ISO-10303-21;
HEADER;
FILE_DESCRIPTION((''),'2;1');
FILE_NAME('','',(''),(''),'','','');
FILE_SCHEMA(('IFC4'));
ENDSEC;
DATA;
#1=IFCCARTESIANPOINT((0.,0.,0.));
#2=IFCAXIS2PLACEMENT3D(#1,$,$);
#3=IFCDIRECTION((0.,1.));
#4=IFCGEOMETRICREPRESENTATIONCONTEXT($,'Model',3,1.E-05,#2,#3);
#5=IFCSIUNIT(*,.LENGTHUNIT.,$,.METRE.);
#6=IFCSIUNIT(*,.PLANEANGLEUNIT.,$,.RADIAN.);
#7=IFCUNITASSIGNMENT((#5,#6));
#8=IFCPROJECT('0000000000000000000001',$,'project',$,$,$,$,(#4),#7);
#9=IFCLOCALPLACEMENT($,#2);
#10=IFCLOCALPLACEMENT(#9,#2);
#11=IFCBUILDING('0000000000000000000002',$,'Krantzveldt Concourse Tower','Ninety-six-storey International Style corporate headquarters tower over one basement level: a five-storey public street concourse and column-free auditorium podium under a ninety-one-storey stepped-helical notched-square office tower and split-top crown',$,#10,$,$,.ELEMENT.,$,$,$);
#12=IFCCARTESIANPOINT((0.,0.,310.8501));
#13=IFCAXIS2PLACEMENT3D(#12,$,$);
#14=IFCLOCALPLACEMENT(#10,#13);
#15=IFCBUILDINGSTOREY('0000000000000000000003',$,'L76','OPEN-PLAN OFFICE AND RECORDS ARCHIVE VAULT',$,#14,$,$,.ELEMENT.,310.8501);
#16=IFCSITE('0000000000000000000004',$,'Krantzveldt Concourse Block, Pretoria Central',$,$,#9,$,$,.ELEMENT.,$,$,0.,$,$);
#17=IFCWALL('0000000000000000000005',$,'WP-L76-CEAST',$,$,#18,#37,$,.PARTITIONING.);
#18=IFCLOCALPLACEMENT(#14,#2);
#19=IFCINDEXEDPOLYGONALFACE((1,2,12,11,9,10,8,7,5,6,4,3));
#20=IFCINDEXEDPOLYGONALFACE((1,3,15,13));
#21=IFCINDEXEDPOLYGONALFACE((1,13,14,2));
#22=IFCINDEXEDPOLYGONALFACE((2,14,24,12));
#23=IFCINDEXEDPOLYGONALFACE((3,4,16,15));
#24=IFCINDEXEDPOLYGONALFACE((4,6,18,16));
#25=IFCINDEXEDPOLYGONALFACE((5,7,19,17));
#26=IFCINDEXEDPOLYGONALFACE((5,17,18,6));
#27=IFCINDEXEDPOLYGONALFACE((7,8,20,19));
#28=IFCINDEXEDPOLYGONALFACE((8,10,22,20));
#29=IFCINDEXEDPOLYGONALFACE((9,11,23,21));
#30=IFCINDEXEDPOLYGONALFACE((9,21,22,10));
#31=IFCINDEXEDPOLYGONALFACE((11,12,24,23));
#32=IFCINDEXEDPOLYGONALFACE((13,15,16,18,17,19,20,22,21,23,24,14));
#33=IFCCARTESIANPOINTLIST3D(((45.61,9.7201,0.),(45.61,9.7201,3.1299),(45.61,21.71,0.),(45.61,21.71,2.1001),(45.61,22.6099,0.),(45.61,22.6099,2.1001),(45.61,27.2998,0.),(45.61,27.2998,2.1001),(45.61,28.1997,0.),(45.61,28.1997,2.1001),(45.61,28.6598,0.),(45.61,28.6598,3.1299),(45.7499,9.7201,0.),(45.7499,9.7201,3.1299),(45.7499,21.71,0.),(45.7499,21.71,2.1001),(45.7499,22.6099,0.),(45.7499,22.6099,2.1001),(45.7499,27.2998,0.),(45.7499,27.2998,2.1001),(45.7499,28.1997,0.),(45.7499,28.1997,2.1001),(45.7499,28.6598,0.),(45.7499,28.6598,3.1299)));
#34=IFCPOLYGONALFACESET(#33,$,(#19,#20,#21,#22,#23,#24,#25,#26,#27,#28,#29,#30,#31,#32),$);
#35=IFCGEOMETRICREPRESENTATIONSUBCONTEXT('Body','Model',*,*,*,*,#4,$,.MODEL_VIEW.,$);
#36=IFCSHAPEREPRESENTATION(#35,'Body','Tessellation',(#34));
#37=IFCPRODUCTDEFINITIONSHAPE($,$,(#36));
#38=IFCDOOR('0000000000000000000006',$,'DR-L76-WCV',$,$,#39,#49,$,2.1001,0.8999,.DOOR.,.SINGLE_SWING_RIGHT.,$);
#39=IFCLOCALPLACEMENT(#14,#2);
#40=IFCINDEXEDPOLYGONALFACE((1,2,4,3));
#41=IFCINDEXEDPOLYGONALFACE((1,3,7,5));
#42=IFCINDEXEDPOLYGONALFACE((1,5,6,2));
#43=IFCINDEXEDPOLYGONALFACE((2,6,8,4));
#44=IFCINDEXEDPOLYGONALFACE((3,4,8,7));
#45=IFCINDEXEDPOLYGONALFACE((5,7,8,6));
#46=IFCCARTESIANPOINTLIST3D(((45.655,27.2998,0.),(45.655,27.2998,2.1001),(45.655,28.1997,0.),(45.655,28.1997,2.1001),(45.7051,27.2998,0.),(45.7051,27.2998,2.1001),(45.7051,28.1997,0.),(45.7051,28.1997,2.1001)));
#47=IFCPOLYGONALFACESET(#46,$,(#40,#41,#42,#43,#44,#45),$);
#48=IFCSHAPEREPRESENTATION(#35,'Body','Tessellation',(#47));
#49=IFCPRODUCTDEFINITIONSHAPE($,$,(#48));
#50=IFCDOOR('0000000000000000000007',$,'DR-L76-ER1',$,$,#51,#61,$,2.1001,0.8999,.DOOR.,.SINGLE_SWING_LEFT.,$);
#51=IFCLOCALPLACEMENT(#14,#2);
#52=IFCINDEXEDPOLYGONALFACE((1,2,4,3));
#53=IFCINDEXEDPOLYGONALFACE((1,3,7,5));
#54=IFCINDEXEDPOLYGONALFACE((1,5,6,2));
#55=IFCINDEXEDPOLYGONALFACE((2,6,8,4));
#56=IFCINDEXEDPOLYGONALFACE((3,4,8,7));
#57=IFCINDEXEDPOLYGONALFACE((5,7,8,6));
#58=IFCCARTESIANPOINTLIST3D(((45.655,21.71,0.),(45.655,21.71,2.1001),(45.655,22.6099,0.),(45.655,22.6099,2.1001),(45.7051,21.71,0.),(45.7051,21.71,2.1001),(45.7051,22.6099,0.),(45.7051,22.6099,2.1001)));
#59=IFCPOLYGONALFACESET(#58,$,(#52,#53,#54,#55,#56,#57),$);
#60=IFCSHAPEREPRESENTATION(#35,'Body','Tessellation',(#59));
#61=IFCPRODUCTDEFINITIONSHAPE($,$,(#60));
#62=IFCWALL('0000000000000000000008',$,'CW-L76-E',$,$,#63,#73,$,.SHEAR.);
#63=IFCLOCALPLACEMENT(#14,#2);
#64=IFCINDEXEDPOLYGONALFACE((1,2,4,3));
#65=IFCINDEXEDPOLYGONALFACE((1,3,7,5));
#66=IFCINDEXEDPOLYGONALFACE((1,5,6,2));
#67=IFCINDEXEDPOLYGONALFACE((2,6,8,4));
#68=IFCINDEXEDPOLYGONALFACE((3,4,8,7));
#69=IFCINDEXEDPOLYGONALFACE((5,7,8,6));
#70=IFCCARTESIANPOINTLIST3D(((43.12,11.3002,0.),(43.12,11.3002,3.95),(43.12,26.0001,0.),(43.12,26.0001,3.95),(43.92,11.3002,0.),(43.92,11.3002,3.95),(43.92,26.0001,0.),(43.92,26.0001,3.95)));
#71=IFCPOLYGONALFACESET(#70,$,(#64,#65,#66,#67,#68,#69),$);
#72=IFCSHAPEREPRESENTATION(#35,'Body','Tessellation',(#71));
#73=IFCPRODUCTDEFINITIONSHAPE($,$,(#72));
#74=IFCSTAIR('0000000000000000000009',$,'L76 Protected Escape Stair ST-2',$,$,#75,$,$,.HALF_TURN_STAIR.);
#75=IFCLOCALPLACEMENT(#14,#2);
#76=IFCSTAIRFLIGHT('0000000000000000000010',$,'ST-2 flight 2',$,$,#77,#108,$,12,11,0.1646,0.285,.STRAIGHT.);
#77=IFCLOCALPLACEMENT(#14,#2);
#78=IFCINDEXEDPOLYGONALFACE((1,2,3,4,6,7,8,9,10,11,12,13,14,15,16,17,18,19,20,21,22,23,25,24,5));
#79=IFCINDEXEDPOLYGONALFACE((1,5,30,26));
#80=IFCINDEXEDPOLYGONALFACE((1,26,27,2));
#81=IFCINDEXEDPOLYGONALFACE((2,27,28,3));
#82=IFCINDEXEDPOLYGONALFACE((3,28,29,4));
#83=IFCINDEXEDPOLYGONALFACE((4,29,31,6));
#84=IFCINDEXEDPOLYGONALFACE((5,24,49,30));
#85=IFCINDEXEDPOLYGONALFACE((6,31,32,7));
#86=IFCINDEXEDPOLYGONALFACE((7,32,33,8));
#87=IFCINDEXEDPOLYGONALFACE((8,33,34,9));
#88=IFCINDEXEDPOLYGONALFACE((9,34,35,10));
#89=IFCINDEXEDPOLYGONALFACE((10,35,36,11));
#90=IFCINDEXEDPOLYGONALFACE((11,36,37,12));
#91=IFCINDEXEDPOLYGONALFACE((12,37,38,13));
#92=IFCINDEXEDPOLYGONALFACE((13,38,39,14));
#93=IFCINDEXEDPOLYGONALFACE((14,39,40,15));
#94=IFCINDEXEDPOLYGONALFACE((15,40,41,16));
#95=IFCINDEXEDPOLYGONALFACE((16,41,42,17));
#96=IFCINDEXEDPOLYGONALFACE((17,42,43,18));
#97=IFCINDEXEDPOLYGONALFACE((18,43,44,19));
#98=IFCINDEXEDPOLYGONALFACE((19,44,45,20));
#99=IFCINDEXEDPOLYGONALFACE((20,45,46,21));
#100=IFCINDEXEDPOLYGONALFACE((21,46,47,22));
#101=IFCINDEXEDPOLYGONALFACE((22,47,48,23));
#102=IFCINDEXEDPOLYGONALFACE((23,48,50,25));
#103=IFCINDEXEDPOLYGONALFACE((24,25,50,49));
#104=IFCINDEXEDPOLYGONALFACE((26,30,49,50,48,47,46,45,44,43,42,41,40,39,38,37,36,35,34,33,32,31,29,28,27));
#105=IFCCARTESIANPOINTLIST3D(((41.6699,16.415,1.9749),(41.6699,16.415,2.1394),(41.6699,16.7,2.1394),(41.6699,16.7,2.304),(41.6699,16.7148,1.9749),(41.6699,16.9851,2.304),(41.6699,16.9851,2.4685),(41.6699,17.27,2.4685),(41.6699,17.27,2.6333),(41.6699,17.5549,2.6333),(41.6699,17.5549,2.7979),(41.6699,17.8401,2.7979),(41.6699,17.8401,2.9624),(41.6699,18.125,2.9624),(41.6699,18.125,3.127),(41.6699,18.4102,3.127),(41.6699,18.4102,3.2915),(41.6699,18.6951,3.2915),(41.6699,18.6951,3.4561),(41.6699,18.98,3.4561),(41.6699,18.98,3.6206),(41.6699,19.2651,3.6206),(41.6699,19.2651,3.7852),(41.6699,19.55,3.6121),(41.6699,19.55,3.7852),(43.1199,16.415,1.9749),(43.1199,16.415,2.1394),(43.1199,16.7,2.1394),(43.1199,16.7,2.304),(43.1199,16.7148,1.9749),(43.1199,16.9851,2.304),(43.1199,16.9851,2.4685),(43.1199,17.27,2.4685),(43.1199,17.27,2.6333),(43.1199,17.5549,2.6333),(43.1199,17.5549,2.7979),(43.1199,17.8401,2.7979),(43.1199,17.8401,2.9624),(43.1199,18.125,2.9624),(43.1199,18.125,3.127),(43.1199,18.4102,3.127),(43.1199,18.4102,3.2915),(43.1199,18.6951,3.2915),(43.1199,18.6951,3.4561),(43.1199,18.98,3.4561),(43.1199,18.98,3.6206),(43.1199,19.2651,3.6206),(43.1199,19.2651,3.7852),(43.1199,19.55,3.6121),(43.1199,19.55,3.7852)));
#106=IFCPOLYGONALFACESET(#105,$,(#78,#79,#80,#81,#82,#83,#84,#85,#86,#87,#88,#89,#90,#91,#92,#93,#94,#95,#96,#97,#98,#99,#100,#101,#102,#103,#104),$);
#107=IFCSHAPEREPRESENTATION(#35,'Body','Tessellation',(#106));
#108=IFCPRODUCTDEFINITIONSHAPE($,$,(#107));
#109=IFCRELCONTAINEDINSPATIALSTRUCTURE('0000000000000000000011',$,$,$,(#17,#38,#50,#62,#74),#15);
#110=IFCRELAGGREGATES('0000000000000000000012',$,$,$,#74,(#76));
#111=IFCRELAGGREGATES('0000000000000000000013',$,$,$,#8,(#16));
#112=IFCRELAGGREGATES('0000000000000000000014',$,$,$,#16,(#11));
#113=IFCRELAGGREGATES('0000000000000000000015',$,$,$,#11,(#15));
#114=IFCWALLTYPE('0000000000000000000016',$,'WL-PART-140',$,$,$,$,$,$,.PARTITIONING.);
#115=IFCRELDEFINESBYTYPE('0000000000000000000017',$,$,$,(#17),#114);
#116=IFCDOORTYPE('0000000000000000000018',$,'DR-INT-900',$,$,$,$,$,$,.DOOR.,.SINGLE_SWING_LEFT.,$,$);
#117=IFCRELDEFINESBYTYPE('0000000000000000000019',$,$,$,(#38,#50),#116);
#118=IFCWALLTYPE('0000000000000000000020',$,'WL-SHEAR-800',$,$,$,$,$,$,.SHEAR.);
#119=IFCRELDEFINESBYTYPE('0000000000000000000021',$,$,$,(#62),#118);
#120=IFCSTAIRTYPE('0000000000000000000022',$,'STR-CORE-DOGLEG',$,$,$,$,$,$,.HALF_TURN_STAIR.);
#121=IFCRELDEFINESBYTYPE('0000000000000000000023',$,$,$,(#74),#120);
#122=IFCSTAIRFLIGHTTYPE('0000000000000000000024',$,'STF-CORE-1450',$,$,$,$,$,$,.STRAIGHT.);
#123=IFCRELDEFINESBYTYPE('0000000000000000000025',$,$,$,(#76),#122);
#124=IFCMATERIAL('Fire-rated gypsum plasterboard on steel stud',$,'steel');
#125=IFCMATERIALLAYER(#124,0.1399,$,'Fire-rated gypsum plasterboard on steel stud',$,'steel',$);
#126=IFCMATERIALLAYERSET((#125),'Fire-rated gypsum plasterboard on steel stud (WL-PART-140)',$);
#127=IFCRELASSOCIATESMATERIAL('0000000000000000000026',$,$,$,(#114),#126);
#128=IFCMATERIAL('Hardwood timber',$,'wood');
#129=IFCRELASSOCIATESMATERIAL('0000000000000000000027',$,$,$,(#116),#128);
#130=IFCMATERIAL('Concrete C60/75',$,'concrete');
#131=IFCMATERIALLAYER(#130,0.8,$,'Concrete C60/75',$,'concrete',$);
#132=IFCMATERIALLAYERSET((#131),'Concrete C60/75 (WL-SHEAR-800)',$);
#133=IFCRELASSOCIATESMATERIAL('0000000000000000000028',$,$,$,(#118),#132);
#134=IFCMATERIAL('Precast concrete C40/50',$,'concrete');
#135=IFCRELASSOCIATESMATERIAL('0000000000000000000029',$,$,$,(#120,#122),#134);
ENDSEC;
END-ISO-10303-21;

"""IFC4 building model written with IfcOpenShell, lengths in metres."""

from ifc_helpers import new_model, si_unit, direction, frame, frame_2d, origin, place, context, subcontext, project, spatial, polyline, rectangle, outline, extrude, material, layer, layer_set, type_object, element, fill, aggregate, save


model = new_model("IFC4")

# Units and contexts
model_context = context("Model", 3, precision=1e-05, world=origin(), true_north=direction((0.0, 1.0)))
body_context = subcontext(model_context, "Body", "Model", "MODEL_VIEW")
ifc_project = project(units=[si_unit("LENGTHUNIT", "METRE"), si_unit("PLANEANGLEUNIT", "RADIAN")], contexts=[model_context])

# Site, building, storey
site_placement = place(None, origin())
site = spatial("IfcSite", under=ifc_project, at=site_placement, Name="Krantzveldt Concourse Block, Pretoria Central", CompositionType="ELEMENT", RefElevation=0.0)
building_placement = place(site_placement, origin())
building = spatial("IfcBuilding", under=site, at=building_placement, Name="Krantzveldt Concourse Tower", Description="Ninety-six-storey International Style corporate headquarters tower over one basement level: a five-storey public street concourse and column-free auditorium podium under a ninety-one-storey stepped-helical notched-square office tower and split-top crown", CompositionType="ELEMENT")
storey_placement = place(building_placement, frame((0.0, 0.0, 310.8501)))
storey = spatial("IfcBuildingStorey", under=building, at=storey_placement, Name="L76", Description="OPEN-PLAN OFFICE AND RECORDS ARCHIVE VAULT", CompositionType="ELEMENT", Elevation=310.8501)

# Wall, openings, doors
ifc_material_1 = material(Name="Fire-rated gypsum plasterboard on steel stud", Category="steel")
ifc_layer_1 = layer(ifc_material_1, 0.1399, Name="Fire-rated gypsum plasterboard on steel stud", Category="steel")
ifc_layer_set_1 = layer_set([ifc_layer_1], Name="Fire-rated gypsum plasterboard on steel stud (WL-PART-140)")
wall_type_1 = type_object("IfcWallType", Name="WL-PART-140", PredefinedType="PARTITIONING", material=ifc_layer_set_1)
wall_1_placement = place(storey_placement, frame((45.6799, 9.7202, 0.0), z_axis=(0.0, 0.0, 1.0), x_axis=(0.0, 1.0, 0.0)))
wall_1 = element("IfcWall", 1, at=wall_1_placement, inside=storey, type_object=wall_type_1, Name="WP-L76-CEAST", PredefinedType="PARTITIONING", context=body_context, shape_type="SweptSolid", body=[
    extrude(rectangle(XDim=18.9397, YDim=0.1399, at=frame_2d((9.4697, 0.0))), origin(), (0.0, 0.0, 1.0), 3.1299),
])
opening_1_placement = place(wall_1_placement, frame((17.5796, 0.0, 0.0)))
opening_1 = element("IfcOpeningElement", 2, at=opening_1_placement, cuts=wall_1, PredefinedType="OPENING", context=body_context, shape_type="SweptSolid", body=[
    extrude(rectangle(XDim=0.8999, YDim=2.1001, at=frame_2d((0.45, 1.05))), frame((0.0, 0.0801, 0.0), z_axis=(0.0, -1.0, 0.0), x_axis=(1.0, 0.0, 0.0)), (0.0, 0.0, 1.0), 0.1599),
])
opening_2_placement = place(wall_1_placement, frame((11.9897, 0.0, 0.0)))
opening_2 = element("IfcOpeningElement", 3, at=opening_2_placement, cuts=wall_1, PredefinedType="OPENING", context=body_context, shape_type="SweptSolid", body=[
    extrude(rectangle(XDim=0.8999, YDim=2.1001, at=frame_2d((0.45, 1.05))), frame((0.0, 0.0801, 0.0), z_axis=(0.0, -1.0, 0.0), x_axis=(1.0, 0.0, 0.0)), (0.0, 0.0, 1.0), 0.1599),
])
ifc_material_2 = material(Name="Hardwood timber", Category="wood")
door_type = type_object("IfcDoorType", Name="DR-INT-900", OperationType="SINGLE_SWING_LEFT", PredefinedType="DOOR", material=ifc_material_2)
door_1_placement = place(opening_1_placement, origin())
door_1 = element("IfcDoor", 4, at=door_1_placement, inside=storey, type_object=door_type, Name="DR-L76-WCV", OperationType="SINGLE_SWING_RIGHT", OverallHeight=2.1001, OverallWidth=0.8999, PredefinedType="DOOR", context=body_context, shape_type="SweptSolid", body=[
    extrude(rectangle(XDim=0.8999, YDim=2.1001, at=frame_2d((0.45, 1.05))), frame((0.0, 0.0249, 0.0), z_axis=(0.0, -1.0, 0.0), x_axis=(1.0, 0.0, 0.0)), (0.0, 0.0, 1.0), 0.05),
])
fill(opening_1, door_1)
door_2_placement = place(opening_2_placement, origin())
door_2 = element("IfcDoor", 5, at=door_2_placement, inside=storey, type_object=door_type, Name="DR-L76-ER1", OperationType="SINGLE_SWING_LEFT", OverallHeight=2.1001, OverallWidth=0.8999, PredefinedType="DOOR", context=body_context, shape_type="SweptSolid", body=[
    extrude(rectangle(XDim=0.8999, YDim=2.1001, at=frame_2d((0.45, 1.05))), frame((0.0, 0.0249, 0.0), z_axis=(0.0, -1.0, 0.0), x_axis=(1.0, 0.0, 0.0)), (0.0, 0.0, 1.0), 0.05),
])
fill(opening_2, door_2)

# Wall
ifc_material_3 = material(Name="Concrete C60/75", Category="concrete")
ifc_layer_2 = layer(ifc_material_3, 0.8, Name="Concrete C60/75", Category="concrete")
ifc_layer_set_2 = layer_set([ifc_layer_2], Name="Concrete C60/75 (WL-SHEAR-800)")
wall_type_2 = type_object("IfcWallType", Name="WL-SHEAR-800", PredefinedType="SHEAR", material=ifc_layer_set_2)
wall_2_placement = place(storey_placement, frame((43.52, 11.3, 0.0), z_axis=(0.0, 0.0, 1.0), x_axis=(0.0, 1.0, 0.0)))
element("IfcWall", 6, at=wall_2_placement, inside=storey, type_object=wall_type_2, Name="CW-L76-E", PredefinedType="SHEAR", context=body_context, shape_type="SweptSolid", body=[
    extrude(rectangle(XDim=14.7, YDim=0.8, at=frame_2d((7.3501, 0.0))), origin(), (0.0, 0.0, 1.0), 3.95),
])

# Stair, stair flight
ifc_material_4 = material(Name="Precast concrete C40/50", Category="concrete")
stair_type = type_object("IfcStairType", Name="STR-CORE-DOGLEG", PredefinedType="HALF_TURN_STAIR", material=ifc_material_4)
stair_placement = place(storey_placement, origin())
stair = element("IfcStair", 7, at=stair_placement, inside=storey, type_object=stair_type, Name="L76 Protected Escape Stair ST-2", PredefinedType="HALF_TURN_STAIR")
stair_flight_type = type_object("IfcStairFlightType", Name="STF-CORE-1450", PredefinedType="STRAIGHT", material=ifc_material_4)
stair_flight_placement = place(storey_placement, frame((42.395, 16.415, 1.9749), z_axis=(0.0, 0.0, 1.0), x_axis=(0.0, 1.0, 0.0)))
stair_flight = element("IfcStairFlight", 8, at=stair_flight_placement, type_object=stair_flight_type, Name="ST-2 flight 2", NumberOfRisers=12, NumberOfTreads=11, PredefinedType="STRAIGHT", RiserHeight=0.1646, TreadLength=0.285, context=body_context, shape_type="SweptSolid", body=[
    extrude(outline(polyline([(0.0, 0.0), (0.0, 0.1646), (0.2849, 0.1646), (0.2849, 0.3291), (0.5701, 0.3291), (0.5701, 0.4937), (0.855, 0.4937), (0.855, 0.6584), (1.1399, 0.6584), (1.1399, 0.823), (1.425, 0.823), (1.425, 0.9875), (1.71, 0.9875), (1.71, 1.1521), (1.9951, 1.1521), (1.9951, 1.3167), (2.28, 1.3167), (2.28, 1.4812), (2.5649, 1.4812), (2.5649, 1.6458), (2.8501, 1.6458), (2.8501, 1.8103), (3.135, 1.8103), (3.135, 1.9751), (3.135, 1.6372), (0.2998, 0.0), (0.0, 0.0)])), frame((0.0, 0.7251, 0.0), z_axis=(0.0, -1.0, 0.0), x_axis=(1.0, 0.0, 0.0)), (0.0, 0.0, 1.0), 1.45),
])
aggregate(stair, [stair_flight])

save(model, "model.ifc")
